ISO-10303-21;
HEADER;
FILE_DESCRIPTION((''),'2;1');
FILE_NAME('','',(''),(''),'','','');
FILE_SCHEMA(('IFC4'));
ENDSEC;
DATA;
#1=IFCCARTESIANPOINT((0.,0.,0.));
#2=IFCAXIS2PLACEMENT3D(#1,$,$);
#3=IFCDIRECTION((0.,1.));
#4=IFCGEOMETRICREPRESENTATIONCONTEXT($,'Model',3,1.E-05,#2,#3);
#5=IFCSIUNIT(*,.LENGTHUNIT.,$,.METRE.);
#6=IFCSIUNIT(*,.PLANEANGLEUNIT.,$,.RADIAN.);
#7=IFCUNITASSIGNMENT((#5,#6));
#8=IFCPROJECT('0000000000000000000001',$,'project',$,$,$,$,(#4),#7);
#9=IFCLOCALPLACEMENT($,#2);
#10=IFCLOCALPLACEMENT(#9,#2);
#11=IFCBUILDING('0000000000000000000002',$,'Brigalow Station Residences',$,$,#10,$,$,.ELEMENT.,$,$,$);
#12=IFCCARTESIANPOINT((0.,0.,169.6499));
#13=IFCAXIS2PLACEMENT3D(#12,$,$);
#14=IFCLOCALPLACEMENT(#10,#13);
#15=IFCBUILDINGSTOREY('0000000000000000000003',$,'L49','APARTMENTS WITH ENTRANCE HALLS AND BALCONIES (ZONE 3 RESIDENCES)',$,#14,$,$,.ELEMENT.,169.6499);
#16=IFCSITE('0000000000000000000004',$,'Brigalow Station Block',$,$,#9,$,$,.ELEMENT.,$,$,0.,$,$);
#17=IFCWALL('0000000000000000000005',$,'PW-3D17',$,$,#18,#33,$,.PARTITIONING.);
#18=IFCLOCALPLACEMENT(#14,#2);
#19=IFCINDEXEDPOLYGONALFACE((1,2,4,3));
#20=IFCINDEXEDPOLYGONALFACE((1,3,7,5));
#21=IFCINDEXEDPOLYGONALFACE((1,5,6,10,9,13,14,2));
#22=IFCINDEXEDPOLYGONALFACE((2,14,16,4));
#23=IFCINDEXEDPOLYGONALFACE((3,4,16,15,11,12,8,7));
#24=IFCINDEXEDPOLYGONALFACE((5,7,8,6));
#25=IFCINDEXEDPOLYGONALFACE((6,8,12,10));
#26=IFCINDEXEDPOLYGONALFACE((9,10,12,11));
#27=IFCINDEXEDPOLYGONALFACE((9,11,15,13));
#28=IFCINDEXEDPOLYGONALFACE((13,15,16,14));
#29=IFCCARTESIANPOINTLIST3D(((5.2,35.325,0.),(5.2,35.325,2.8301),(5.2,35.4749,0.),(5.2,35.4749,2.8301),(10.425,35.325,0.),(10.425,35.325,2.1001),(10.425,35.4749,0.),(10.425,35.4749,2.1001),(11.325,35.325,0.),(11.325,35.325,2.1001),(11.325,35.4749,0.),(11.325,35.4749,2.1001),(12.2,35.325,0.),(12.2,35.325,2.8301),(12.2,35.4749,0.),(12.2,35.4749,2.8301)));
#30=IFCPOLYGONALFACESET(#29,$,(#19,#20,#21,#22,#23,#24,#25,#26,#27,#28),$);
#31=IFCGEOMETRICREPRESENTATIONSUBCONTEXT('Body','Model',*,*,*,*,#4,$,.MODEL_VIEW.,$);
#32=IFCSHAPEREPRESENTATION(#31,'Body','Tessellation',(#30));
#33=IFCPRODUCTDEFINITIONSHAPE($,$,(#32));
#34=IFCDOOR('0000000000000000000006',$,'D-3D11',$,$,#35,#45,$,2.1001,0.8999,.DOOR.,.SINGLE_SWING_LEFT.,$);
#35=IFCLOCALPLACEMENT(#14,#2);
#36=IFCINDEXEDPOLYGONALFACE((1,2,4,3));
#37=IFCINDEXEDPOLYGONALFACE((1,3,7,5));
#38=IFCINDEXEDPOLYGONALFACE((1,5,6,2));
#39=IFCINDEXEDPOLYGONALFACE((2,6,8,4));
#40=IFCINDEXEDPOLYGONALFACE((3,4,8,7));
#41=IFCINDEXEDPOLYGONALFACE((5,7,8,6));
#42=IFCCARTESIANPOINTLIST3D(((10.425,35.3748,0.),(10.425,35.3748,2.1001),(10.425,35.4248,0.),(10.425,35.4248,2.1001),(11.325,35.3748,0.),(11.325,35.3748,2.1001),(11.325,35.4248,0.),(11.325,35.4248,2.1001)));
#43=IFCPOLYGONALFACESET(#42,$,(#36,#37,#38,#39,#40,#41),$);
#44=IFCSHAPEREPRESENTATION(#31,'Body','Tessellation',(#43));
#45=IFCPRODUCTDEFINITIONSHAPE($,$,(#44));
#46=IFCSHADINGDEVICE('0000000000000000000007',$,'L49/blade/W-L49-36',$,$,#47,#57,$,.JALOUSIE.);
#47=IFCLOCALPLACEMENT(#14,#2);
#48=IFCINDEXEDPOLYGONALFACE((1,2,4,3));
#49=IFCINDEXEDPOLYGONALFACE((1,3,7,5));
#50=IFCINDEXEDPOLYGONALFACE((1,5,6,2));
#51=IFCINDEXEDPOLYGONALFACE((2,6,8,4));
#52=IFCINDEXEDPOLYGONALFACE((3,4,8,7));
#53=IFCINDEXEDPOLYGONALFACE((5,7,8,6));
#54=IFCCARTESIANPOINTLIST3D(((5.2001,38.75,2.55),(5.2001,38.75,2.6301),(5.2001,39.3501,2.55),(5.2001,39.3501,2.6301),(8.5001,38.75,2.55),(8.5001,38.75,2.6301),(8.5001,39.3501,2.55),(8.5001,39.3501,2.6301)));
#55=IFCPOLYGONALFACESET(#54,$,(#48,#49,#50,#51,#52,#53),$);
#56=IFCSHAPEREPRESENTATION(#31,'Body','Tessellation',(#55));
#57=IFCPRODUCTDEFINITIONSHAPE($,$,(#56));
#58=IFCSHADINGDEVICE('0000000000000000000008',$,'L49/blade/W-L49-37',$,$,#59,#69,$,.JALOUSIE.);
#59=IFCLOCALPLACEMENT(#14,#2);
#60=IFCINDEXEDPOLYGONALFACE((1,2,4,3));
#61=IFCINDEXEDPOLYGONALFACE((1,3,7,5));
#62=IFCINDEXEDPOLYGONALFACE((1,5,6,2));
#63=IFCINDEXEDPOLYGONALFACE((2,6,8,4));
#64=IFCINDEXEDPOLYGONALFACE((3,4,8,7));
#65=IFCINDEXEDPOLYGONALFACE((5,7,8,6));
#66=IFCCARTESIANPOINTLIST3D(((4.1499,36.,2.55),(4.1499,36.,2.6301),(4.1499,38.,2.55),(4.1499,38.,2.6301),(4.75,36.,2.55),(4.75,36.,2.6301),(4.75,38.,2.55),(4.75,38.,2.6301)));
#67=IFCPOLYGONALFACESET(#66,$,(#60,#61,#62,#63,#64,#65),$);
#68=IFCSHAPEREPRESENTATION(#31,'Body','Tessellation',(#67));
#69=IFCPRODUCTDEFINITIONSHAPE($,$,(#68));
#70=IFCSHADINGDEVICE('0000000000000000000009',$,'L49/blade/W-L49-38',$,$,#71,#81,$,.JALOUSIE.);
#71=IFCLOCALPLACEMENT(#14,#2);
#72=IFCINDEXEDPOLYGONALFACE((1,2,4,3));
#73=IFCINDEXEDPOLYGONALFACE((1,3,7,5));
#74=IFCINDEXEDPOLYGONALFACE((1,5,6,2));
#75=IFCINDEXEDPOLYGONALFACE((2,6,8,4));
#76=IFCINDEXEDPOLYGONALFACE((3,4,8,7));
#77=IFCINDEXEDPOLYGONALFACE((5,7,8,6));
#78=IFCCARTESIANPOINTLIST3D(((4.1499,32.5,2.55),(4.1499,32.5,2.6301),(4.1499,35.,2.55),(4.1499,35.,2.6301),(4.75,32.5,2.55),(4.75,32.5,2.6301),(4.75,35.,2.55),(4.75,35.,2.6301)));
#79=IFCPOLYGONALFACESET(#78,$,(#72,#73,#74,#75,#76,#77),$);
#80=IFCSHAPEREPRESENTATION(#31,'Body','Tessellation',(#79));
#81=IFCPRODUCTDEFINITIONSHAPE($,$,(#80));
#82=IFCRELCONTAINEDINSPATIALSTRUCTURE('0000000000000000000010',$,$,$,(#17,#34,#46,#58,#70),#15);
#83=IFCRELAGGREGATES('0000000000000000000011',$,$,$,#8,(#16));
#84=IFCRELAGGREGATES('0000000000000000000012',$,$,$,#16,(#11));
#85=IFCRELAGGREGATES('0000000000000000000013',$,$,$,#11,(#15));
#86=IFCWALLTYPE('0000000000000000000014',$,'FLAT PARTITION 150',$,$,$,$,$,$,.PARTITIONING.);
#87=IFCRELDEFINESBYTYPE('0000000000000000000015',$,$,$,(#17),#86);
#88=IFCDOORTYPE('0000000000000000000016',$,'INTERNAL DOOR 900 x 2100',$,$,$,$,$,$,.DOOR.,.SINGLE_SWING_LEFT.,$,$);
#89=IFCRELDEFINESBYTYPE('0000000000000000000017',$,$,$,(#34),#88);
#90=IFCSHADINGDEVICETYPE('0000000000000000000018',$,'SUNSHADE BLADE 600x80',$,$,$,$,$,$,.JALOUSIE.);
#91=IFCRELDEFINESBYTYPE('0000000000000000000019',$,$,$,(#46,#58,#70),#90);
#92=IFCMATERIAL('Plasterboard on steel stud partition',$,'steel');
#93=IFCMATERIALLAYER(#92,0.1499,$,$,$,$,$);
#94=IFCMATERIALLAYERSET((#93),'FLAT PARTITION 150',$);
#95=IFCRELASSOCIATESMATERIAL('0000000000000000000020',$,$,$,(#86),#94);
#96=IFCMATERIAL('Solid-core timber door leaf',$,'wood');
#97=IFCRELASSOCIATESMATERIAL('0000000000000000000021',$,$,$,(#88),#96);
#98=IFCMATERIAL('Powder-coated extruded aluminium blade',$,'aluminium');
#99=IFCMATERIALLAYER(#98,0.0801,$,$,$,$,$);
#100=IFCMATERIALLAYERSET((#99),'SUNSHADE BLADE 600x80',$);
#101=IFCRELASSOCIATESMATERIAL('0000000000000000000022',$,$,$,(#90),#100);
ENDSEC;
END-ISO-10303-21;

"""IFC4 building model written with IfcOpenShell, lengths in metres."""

from ifc_helpers import new_model, si_unit, direction, frame, frame_2d, origin, origin_2d, place, context, subcontext, project, spatial, rectangle, extrude, material, layer, layer_set, type_object, element, fill, save


model = new_model("IFC4")

# Units and contexts
model_context = context("Model", 3, precision=1e-05, world=origin(), true_north=direction((0.0, 1.0)))
body_context = subcontext(model_context, "Body", "Model", "MODEL_VIEW")
ifc_project = project(units=[si_unit("LENGTHUNIT", "METRE"), si_unit("PLANEANGLEUNIT", "RADIAN")], contexts=[model_context])

# Site, building, storey
site_placement = place(None, origin())
site = spatial("IfcSite", under=ifc_project, at=site_placement, Name="Brigalow Station Block", CompositionType="ELEMENT", RefElevation=0.0)
building_placement = place(site_placement, origin())
building = spatial("IfcBuilding", under=site, at=building_placement, Name="Brigalow Station Residences", CompositionType="ELEMENT")
storey_placement = place(building_placement, frame((0.0, 0.0, 169.6499)))
storey = spatial("IfcBuildingStorey", under=building, at=storey_placement, Name="L49", Description="APARTMENTS WITH ENTRANCE HALLS AND BALCONIES (ZONE 3 RESIDENCES)", CompositionType="ELEMENT", Elevation=169.6499)

# Wall, opening, door
ifc_material_1 = material(Name="Plasterboard on steel stud partition", Category="steel")
ifc_layer_1 = layer(ifc_material_1, 0.1499)
ifc_layer_set_1 = layer_set([ifc_layer_1], Name="FLAT PARTITION 150")
wall_type_1 = type_object("IfcWallType", Name="FLAT PARTITION 150", PredefinedType="PARTITIONING", material=ifc_layer_set_1)
wall_1_placement = place(storey_placement, frame((5.2, 35.3999, 0.0), z_axis=(0.0, 0.0, 1.0), x_axis=(1.0, 0.0, 0.0)))
wall_1 = element("IfcWall", 1, at=wall_1_placement, inside=storey, type_object=wall_type_1, Name="PW-3D17", PredefinedType="PARTITIONING", context=body_context, shape_type="SweptSolid", body=[
    extrude(rectangle(XDim=7.0, YDim=0.1499, at=frame_2d((3.5, 0.0))), origin(), (0.0, 0.0, 1.0), 2.8301),
])
opening_1_placement = place(wall_1_placement, frame((5.2251, 0.0, 0.0)))
opening_1 = element("IfcOpeningElement", 2, at=opening_1_placement, cuts=wall_1, PredefinedType="OPENING", context=body_context, shape_type="SweptSolid", body=[
    extrude(rectangle(XDim=0.8999, YDim=2.1001, at=frame_2d((0.45, 1.05))), frame((0.0, 0.085, 0.0), z_axis=(0.0, -1.0, 0.0), x_axis=(1.0, 0.0, 0.0)), (0.0, 0.0, 1.0), 0.1699),
])
ifc_material_2 = material(Name="Solid-core timber door leaf", Category="wood")
door_type = type_object("IfcDoorType", Name="INTERNAL DOOR 900 x 2100", OperationType="SINGLE_SWING_LEFT", PredefinedType="DOOR", material=ifc_material_2)
door_placement = place(opening_1_placement, origin())
door = element("IfcDoor", 3, at=door_placement, inside=storey, type_object=door_type, Name="D-3D11", OperationType="SINGLE_SWING_LEFT", OverallHeight=2.1001, OverallWidth=0.8999, PredefinedType="DOOR", context=body_context, shape_type="SweptSolid", body=[
    extrude(rectangle(XDim=0.8999, YDim=2.1001, at=frame_2d((0.45, 1.05))), frame((0.0, 0.0249, 0.0), z_axis=(0.0, -1.0, 0.0), x_axis=(1.0, 0.0, 0.0)), (0.0, 0.0, 1.0), 0.05),
])
fill(opening_1, door)

# Shading devices
ifc_material_3 = material(Name="Powder-coated extruded aluminium blade", Category="aluminium")
ifc_layer_2 = layer(ifc_material_3, 0.0801)
ifc_layer_set_2 = layer_set([ifc_layer_2], Name="SUNSHADE BLADE 600x80")
shading_device_type = type_object("IfcShadingDeviceType", Name="SUNSHADE BLADE 600x80", PredefinedType="JALOUSIE", material=ifc_layer_set_2)
shading_device_1_placement = place(storey_placement, frame((6.8501, 39.05, 2.55), z_axis=(0.0, 0.0, 1.0), x_axis=(-1.0, 0.0, 0.0)))
element("IfcShadingDevice", 4, at=shading_device_1_placement, inside=storey, type_object=shading_device_type, Name="L49/blade/W-L49-36", PredefinedType="JALOUSIE", context=body_context, shape_type="SweptSolid", body=[
    extrude(rectangle(XDim=3.3, YDim=0.6001, at=origin_2d()), origin(), (0.0, 0.0, 1.0), 0.0801),
])
shading_device_2_placement = place(storey_placement, frame((4.45, 37.0, 2.55), z_axis=(0.0, 0.0, 1.0), x_axis=(0.0, -1.0, 0.0)))
element("IfcShadingDevice", 5, at=shading_device_2_placement, inside=storey, type_object=shading_device_type, Name="L49/blade/W-L49-37", PredefinedType="JALOUSIE", context=body_context, shape_type="SweptSolid", body=[
    extrude(rectangle(XDim=2.0, YDim=0.6001, at=origin_2d()), origin(), (0.0, 0.0, 1.0), 0.0801),
])
shading_device_3_placement = place(storey_placement, frame((4.45, 33.75, 2.55), z_axis=(0.0, 0.0, 1.0), x_axis=(0.0, -1.0, 0.0)))
element("IfcShadingDevice", 6, at=shading_device_3_placement, inside=storey, type_object=shading_device_type, Name="L49/blade/W-L49-38", PredefinedType="JALOUSIE", context=body_context, shape_type="SweptSolid", body=[
    extrude(rectangle(XDim=2.5, YDim=0.6001, at=origin_2d()), origin(), (0.0, 0.0, 1.0), 0.0801),
])

save(model, "model.ifc")
